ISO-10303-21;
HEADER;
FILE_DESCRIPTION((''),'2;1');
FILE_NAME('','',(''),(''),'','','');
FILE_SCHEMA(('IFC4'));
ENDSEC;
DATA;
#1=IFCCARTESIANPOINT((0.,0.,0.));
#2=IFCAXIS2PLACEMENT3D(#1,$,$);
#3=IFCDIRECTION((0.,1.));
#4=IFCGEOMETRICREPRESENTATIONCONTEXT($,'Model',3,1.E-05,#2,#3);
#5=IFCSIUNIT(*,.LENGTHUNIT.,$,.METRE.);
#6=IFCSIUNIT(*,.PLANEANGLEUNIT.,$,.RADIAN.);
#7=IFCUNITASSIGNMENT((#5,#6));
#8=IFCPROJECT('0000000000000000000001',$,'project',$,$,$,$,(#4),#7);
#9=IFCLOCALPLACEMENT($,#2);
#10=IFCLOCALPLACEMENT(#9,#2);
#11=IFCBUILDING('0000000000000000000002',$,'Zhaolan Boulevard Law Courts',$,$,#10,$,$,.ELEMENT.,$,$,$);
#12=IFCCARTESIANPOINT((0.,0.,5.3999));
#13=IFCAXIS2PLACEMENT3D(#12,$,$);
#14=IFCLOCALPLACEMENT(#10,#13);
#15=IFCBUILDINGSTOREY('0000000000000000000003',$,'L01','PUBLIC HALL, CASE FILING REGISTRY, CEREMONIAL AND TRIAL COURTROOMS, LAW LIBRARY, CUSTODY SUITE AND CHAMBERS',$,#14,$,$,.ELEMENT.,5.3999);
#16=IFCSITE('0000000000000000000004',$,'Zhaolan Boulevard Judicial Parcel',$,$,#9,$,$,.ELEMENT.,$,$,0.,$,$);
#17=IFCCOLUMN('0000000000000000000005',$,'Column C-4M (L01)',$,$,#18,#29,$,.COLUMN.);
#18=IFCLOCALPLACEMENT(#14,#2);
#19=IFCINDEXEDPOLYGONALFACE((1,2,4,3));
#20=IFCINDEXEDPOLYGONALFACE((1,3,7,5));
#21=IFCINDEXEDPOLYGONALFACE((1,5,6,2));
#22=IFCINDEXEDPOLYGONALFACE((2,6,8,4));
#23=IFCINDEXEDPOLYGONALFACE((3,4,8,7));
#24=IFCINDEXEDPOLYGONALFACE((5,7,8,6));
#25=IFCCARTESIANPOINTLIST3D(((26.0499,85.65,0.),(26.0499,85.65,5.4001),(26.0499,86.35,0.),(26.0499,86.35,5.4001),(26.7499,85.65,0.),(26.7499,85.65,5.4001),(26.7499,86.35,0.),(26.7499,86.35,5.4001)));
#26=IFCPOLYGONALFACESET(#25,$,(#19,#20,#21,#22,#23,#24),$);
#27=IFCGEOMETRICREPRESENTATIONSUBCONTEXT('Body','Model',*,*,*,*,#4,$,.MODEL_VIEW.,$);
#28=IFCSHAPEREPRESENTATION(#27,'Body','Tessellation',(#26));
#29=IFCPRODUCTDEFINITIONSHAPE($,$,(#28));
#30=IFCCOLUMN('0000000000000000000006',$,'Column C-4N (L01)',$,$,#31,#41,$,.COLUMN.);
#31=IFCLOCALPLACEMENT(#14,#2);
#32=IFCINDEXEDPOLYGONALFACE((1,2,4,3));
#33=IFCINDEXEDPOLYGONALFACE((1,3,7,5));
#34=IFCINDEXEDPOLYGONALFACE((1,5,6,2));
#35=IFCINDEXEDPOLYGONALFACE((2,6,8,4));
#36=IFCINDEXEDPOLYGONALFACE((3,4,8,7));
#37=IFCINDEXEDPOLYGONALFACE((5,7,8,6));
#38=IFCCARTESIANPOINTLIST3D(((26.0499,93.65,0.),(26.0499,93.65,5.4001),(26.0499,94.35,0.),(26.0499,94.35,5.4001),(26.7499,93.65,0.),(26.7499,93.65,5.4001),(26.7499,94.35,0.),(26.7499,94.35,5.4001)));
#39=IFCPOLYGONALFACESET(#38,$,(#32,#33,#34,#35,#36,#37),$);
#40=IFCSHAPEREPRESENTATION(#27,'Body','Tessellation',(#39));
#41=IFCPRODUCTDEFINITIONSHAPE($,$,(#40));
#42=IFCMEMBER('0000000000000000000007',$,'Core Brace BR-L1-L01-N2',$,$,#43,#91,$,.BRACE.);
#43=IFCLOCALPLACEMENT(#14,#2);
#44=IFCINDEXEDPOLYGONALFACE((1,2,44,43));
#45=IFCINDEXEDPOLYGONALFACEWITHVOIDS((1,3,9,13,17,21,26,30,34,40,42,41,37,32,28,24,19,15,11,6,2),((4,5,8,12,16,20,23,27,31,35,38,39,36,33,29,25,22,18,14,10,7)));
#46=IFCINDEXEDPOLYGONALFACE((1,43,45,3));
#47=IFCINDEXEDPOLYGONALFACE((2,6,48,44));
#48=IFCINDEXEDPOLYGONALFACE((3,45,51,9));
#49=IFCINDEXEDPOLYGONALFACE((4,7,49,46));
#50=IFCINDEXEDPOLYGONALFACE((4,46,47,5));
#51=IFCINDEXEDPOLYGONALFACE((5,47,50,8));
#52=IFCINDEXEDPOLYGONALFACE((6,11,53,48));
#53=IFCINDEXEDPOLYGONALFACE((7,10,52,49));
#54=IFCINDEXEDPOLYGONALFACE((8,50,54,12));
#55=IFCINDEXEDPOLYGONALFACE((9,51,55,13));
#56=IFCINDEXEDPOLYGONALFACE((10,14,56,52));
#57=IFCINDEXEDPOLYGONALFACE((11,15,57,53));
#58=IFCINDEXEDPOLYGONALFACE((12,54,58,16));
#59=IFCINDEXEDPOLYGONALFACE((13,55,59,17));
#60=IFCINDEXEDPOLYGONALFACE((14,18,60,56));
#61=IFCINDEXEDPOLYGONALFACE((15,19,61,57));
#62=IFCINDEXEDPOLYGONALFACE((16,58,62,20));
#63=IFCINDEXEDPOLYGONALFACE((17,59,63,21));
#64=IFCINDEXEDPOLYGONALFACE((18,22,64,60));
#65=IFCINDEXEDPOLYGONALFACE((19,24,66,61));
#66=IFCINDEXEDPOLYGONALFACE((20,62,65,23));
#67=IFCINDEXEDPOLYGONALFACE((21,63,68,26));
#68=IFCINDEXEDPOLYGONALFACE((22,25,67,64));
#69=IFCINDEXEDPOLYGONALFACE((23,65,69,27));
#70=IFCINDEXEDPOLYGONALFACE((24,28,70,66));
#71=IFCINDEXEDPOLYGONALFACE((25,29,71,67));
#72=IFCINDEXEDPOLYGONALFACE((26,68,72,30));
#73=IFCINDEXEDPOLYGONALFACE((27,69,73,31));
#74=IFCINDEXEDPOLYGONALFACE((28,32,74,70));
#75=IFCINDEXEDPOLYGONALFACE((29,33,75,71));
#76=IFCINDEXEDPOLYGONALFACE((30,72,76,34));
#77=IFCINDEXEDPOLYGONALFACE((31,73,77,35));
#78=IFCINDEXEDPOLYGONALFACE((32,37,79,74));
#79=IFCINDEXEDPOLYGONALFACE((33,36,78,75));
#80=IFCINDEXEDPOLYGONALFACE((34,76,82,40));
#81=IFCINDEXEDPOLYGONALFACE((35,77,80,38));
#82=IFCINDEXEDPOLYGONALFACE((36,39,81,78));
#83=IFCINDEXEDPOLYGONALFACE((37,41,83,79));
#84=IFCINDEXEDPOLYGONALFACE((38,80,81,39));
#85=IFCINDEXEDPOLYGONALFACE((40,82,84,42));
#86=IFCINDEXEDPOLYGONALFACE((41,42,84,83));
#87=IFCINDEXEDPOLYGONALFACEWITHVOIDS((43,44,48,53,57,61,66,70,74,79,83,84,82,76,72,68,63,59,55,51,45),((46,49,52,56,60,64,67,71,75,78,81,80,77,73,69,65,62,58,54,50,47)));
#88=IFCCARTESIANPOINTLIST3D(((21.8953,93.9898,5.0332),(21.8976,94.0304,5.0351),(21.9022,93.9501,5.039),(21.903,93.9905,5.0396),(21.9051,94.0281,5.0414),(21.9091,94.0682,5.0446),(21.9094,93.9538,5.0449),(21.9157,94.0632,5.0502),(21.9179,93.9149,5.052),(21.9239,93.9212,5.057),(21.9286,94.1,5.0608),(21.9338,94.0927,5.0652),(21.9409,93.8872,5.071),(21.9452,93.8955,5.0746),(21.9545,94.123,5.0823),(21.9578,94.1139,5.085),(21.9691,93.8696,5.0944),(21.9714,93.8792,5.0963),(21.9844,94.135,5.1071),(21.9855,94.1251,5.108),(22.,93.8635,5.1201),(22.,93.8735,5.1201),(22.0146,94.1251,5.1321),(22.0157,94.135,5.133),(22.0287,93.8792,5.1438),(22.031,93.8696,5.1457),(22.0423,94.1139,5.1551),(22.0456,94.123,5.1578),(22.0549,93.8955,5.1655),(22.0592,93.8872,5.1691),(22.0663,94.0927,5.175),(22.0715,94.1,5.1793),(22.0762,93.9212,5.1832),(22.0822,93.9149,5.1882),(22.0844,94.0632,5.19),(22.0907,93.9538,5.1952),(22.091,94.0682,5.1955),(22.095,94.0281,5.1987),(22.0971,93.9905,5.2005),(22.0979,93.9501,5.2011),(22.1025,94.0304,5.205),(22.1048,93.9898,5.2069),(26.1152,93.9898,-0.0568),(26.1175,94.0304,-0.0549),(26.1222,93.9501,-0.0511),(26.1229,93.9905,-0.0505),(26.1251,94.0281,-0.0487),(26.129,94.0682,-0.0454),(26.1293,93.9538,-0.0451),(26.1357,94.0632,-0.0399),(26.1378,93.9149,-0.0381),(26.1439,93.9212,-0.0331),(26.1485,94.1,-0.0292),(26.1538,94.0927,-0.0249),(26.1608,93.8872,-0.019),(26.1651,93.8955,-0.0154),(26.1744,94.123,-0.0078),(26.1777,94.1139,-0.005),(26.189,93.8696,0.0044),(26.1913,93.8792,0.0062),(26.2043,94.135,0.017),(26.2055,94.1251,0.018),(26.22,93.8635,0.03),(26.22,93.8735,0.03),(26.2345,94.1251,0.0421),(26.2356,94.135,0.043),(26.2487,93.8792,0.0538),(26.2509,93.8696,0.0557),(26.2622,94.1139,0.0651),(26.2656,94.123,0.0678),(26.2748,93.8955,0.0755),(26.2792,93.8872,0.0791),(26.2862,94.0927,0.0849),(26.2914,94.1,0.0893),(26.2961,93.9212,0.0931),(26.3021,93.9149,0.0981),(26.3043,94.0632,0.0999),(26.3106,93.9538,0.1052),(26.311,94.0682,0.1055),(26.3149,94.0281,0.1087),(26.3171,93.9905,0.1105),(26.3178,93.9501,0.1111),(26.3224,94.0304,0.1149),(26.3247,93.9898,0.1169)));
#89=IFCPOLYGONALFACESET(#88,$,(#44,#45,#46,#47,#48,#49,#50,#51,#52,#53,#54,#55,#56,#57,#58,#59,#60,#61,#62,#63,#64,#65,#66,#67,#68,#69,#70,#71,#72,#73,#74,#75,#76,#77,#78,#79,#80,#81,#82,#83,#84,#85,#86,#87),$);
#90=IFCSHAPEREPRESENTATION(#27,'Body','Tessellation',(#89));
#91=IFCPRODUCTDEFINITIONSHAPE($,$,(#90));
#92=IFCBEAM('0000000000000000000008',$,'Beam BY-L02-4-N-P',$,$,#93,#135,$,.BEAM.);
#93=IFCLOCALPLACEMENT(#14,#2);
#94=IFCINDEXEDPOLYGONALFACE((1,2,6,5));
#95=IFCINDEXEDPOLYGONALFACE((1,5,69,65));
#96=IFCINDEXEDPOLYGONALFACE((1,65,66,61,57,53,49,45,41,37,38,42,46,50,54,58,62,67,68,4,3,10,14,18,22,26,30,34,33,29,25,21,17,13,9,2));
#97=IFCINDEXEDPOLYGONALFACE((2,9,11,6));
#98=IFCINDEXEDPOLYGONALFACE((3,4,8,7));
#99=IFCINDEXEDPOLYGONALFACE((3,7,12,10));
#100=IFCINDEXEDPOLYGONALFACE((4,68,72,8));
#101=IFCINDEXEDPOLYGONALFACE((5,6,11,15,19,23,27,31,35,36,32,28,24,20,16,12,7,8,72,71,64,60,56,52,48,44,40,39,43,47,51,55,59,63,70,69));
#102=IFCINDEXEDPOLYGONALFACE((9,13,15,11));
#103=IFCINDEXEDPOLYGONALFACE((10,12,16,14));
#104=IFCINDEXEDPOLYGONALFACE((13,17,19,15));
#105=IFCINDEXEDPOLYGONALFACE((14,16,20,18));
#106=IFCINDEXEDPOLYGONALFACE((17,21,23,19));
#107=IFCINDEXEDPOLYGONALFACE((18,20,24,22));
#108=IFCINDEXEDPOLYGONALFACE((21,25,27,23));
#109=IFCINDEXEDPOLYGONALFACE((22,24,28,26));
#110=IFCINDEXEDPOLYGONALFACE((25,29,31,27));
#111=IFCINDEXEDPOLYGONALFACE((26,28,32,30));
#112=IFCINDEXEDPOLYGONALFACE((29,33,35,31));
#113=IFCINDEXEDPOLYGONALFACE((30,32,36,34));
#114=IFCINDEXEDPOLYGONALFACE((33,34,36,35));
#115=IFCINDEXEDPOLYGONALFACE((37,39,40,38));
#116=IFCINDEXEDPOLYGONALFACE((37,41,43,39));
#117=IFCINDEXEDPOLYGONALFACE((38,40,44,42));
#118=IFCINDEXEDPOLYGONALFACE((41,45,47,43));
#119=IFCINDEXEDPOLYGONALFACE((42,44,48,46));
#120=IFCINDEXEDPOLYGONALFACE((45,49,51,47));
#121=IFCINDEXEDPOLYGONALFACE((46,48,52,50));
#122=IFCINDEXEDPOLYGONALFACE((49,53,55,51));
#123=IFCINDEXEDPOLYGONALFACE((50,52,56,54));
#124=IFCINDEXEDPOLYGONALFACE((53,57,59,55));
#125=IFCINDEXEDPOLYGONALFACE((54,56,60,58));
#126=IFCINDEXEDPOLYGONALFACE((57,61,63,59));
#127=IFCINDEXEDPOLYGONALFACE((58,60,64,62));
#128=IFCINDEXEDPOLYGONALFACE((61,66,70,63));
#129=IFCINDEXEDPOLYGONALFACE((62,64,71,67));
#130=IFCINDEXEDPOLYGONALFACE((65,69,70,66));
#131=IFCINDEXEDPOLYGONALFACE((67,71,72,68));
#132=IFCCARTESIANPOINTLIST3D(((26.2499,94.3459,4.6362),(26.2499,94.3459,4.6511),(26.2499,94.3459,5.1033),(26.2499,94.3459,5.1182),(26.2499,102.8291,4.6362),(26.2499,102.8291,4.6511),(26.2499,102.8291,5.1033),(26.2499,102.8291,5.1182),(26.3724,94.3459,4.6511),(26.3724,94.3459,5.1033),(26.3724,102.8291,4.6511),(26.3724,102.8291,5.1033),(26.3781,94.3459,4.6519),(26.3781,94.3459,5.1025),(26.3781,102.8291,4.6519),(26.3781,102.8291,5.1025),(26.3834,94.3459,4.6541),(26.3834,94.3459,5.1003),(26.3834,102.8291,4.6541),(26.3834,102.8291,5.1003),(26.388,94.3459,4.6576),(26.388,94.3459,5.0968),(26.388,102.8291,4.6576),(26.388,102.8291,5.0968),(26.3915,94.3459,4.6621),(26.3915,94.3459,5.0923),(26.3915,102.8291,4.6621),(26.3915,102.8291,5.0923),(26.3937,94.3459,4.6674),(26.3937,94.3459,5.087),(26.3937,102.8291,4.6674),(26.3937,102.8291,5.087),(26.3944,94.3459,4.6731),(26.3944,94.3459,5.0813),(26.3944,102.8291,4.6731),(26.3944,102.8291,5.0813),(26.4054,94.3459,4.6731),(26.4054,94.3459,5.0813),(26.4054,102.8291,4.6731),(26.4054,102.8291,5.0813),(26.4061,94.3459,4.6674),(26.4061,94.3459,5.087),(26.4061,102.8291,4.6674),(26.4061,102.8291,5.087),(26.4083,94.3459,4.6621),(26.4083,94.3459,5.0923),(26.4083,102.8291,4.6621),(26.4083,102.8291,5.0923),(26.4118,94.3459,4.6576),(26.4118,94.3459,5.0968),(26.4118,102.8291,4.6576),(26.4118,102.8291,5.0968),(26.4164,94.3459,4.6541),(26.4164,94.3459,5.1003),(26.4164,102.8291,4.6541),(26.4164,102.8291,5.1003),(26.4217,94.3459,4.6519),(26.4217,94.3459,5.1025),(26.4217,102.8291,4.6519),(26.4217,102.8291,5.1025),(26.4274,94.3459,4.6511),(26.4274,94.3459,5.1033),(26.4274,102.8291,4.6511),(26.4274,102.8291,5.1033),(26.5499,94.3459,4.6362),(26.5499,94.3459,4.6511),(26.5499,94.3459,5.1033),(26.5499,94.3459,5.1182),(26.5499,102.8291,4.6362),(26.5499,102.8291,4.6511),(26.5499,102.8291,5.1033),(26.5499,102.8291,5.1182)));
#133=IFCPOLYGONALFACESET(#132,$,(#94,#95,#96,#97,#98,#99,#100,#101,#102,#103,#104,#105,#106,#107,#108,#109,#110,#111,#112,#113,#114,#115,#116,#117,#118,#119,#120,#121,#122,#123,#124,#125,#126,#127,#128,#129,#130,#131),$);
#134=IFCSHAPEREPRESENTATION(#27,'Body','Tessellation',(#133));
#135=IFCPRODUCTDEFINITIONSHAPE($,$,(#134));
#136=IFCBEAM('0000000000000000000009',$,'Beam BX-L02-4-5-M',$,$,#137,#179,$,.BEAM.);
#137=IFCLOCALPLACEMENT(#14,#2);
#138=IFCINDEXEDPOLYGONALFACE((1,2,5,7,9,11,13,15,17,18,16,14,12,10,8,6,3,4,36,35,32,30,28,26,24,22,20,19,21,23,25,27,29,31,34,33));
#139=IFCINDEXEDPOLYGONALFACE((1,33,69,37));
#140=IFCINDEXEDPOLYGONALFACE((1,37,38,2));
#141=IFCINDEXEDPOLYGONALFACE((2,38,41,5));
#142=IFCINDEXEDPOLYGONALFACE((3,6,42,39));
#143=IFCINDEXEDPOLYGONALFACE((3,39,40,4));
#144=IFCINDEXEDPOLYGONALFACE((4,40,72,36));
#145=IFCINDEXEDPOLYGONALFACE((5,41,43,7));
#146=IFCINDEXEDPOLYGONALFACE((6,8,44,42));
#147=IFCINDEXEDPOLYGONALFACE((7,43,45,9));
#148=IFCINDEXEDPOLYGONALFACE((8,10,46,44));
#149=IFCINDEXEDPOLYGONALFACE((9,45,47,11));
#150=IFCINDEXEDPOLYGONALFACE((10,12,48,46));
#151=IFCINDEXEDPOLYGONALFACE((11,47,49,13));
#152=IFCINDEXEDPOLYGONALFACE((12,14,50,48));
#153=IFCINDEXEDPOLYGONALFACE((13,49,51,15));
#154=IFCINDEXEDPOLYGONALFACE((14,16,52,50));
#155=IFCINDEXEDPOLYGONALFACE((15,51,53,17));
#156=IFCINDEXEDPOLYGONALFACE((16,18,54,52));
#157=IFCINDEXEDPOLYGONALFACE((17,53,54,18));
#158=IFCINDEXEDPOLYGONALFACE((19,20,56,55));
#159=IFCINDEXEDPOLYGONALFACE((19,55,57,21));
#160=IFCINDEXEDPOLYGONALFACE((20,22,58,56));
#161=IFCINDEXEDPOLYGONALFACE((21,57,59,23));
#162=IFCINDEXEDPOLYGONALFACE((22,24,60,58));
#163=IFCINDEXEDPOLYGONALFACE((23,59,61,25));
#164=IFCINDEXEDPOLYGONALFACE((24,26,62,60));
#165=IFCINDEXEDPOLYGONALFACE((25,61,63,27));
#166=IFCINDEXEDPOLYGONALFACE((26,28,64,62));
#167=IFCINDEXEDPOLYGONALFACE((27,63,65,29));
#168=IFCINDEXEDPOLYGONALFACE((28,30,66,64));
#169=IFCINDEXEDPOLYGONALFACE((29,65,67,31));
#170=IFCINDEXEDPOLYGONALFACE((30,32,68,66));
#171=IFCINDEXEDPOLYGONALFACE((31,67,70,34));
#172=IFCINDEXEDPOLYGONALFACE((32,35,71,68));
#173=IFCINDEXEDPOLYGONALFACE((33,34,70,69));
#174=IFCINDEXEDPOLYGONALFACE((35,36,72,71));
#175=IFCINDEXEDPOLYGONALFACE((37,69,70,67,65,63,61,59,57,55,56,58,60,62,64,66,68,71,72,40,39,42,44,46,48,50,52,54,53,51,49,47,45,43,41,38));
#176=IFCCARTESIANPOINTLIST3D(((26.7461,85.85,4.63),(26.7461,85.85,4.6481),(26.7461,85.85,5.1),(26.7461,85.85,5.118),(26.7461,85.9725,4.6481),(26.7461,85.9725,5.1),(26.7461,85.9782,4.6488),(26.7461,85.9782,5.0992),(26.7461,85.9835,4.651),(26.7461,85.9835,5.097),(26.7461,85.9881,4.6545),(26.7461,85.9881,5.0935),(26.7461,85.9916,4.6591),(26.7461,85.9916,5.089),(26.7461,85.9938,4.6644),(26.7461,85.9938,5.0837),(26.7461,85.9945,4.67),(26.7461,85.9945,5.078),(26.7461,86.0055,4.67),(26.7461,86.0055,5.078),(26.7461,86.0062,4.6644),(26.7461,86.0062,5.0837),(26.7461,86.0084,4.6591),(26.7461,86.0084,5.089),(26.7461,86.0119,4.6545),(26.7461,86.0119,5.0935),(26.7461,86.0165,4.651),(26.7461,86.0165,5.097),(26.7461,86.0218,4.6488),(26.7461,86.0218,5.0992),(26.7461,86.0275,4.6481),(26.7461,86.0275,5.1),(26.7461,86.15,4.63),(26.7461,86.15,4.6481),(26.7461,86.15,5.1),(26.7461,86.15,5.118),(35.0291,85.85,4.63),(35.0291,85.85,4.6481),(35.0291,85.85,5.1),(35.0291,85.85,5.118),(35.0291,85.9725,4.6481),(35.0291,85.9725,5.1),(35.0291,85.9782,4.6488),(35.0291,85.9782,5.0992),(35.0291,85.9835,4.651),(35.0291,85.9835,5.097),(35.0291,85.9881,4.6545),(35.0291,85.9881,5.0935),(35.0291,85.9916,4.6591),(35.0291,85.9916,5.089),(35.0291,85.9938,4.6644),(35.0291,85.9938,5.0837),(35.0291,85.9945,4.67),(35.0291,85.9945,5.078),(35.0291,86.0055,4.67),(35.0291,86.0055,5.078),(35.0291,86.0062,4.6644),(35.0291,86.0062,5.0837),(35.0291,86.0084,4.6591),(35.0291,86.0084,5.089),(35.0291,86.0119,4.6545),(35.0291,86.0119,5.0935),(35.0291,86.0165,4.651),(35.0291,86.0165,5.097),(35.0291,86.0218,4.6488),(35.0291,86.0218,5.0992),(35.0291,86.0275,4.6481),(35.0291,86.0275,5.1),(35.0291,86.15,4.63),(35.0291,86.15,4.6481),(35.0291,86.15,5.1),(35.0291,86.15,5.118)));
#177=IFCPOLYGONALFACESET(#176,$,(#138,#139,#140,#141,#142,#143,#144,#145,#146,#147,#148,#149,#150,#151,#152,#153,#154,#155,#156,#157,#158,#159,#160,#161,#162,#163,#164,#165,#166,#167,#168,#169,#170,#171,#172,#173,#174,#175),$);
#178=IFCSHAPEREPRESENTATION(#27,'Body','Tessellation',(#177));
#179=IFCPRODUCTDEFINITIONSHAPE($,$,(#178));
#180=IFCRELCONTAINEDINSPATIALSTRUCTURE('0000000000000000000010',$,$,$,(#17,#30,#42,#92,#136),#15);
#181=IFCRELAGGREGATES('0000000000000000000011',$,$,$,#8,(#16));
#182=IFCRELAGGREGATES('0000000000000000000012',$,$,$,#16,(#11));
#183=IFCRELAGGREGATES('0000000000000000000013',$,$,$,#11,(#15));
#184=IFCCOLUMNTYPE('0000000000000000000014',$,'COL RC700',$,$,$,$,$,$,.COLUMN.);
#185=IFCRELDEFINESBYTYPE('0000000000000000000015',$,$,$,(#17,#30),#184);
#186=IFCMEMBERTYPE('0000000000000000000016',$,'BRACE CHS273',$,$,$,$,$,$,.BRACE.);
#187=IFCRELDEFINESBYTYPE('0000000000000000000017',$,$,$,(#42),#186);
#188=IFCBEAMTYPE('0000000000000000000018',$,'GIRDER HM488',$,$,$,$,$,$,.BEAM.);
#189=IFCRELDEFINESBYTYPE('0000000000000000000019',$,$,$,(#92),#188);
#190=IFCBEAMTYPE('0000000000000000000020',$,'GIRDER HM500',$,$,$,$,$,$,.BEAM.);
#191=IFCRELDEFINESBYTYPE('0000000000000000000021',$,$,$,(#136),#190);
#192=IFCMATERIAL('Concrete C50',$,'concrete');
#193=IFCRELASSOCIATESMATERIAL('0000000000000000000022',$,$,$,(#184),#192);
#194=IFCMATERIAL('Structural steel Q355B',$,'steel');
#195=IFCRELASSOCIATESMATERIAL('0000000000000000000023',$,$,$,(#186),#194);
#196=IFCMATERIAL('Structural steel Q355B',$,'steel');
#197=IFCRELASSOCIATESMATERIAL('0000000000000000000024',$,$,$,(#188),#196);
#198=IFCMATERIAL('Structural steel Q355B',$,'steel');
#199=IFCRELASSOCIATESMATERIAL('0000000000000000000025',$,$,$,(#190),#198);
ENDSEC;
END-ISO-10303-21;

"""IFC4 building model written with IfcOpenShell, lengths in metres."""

from ifc_helpers import new_model, si_unit, direction, frame, origin, origin_2d, place, context, subcontext, project, spatial, rectangle, hollow_circle, i_section, extrude, material, material_profile, profile_set, type_object, element, save


model = new_model("IFC4")

# Units and contexts
model_context = context("Model", 3, precision=1e-05, world=origin(), true_north=direction((0.0, 1.0)))
body_context = subcontext(model_context, "Body", "Model", "MODEL_VIEW")
ifc_project = project(units=[si_unit("LENGTHUNIT", "METRE"), si_unit("PLANEANGLEUNIT", "RADIAN")], contexts=[model_context])

# Site, building, storey
site_placement = place(None, origin())
site = spatial("IfcSite", under=ifc_project, at=site_placement, Name="Zhaolan Boulevard Judicial Parcel", CompositionType="ELEMENT", RefElevation=0.0)
building_placement = place(site_placement, origin())
building = spatial("IfcBuilding", under=site, at=building_placement, Name="Zhaolan Boulevard Law Courts", CompositionType="ELEMENT")
storey_placement = place(building_placement, frame((0.0, 0.0, 5.3999)))
storey = spatial("IfcBuildingStorey", under=building, at=storey_placement, Name="L01", Description="PUBLIC HALL, CASE FILING REGISTRY, CEREMONIAL AND TRIAL COURTROOMS, LAW LIBRARY, CUSTODY SUITE AND CHAMBERS", CompositionType="ELEMENT", Elevation=5.3999)

# Columns
ifc_material_1 = material(Name="Concrete C50", Category="concrete")
ifc_material_profile_1 = material_profile(ifc_material_1, rectangle(XDim=0.7, YDim=0.7, at=origin_2d()), Name="RC700x700")
ifc_profile_set_1 = profile_set([ifc_material_profile_1], Name="Concrete C50")
column_type = type_object("IfcColumnType", Name="COL RC700", PredefinedType="COLUMN", material=ifc_profile_set_1)
for number, where, z_axis, x_axis, name in (
    (1, (26.3999, 86.0, 0.0), (0.0, 0.0, 1.0), (1.0, 0.0, 0.0), "Column C-4M (L01)"),
    (2, (26.3999, 94.0, 0.0), (0.0, 0.0, 1.0), (1.0, 0.0, 0.0), "Column C-4N (L01)"),
):
    element("IfcColumn", number, at=place(storey_placement, frame(where, z_axis=z_axis, x_axis=x_axis)), inside=storey, type_object=column_type, Name=name, PredefinedType="COLUMN", context=body_context, shape_type="SweptSolid", body=[
        extrude(rectangle(XDim=0.7, YDim=0.7, at=origin_2d()), origin(), (0.0, 0.0, 1.0), 5.4001),
    ])

# Member
ifc_material_2 = material(Name="Structural steel Q355B", Category="steel")
ifc_material_profile_2 = material_profile(ifc_material_2, hollow_circle(Radius=0.1365, WallThickness=0.01, at=origin_2d()), Name="CHS273x10")
ifc_profile_set_2 = profile_set([ifc_material_profile_2], Name="Structural steel Q355B")
member_type = type_object("IfcMemberType", Name="BRACE CHS273", PredefinedType="BRACE", material=ifc_profile_set_2)
member_placement = place(storey_placement, frame((26.22, 94.0, 0.03), z_axis=(-0.638239, 0.0, 0.769838), x_axis=(0.0, -1.0, 0.0)))
element("IfcMember", 3, at=member_placement, inside=storey, type_object=member_type, Name="Core Brace BR-L1-L01-N2", PredefinedType="BRACE", context=body_context, shape_type="SweptSolid", body=[
    extrude(hollow_circle(Radius=0.1365, WallThickness=0.01, at=origin_2d()), origin(), (0.0, 0.0, 1.0), 6.6118),
])

# Beams
ifc_material_3 = material(Name="Structural steel Q355B", Category="steel")
ifc_material_profile_3 = material_profile(ifc_material_3, i_section(OverallWidth=0.3, OverallDepth=0.4819, WebThickness=0.011, FlangeThickness=0.0149, FilletRadius=0.022, at=origin_2d()), Name="HM482x300")
ifc_profile_set_3 = profile_set([ifc_material_profile_3], Name="Structural steel Q355B")
beam_type_1 = type_object("IfcBeamType", Name="GIRDER HM488", PredefinedType="BEAM", material=ifc_profile_set_3)
beam_1_placement = place(storey_placement, frame((26.3999, 94.3459, 4.8772), z_axis=(0.0, 1.0, 0.0), x_axis=(-1.0, 0.0, 0.0)))
element("IfcBeam", 4, at=beam_1_placement, inside=storey, type_object=beam_type_1, Name="Beam BY-L02-4-N-P", PredefinedType="BEAM", context=body_context, shape_type="SweptSolid", body=[
    extrude(i_section(OverallWidth=0.3, OverallDepth=0.4819, WebThickness=0.011, FlangeThickness=0.0149, FilletRadius=0.022, at=origin_2d()), origin(), (0.0, 0.0, 1.0), 8.4832),
])
ifc_material_4 = material(Name="Structural steel Q355B", Category="steel")
ifc_material_profile_4 = material_profile(ifc_material_4, i_section(OverallWidth=0.3, OverallDepth=0.488, WebThickness=0.011, FlangeThickness=0.0181, FilletRadius=0.022, at=origin_2d()), Name="HM488x300")
ifc_profile_set_4 = profile_set([ifc_material_profile_4], Name="Structural steel Q355B")
beam_type_2 = type_object("IfcBeamType", Name="GIRDER HM500", PredefinedType="BEAM", material=ifc_profile_set_4)
beam_2_placement = place(storey_placement, frame((26.7461, 86.0, 4.874), z_axis=(1.0, 0.0, 0.0), x_axis=(0.0, 1.0, 0.0)))
element("IfcBeam", 5, at=beam_2_placement, inside=storey, type_object=beam_type_2, Name="Beam BX-L02-4-5-M", PredefinedType="BEAM", context=body_context, shape_type="SweptSolid", body=[
    extrude(i_section(OverallWidth=0.3, OverallDepth=0.488, WebThickness=0.011, FlangeThickness=0.0181, FilletRadius=0.022, at=origin_2d()), origin(), (0.0, 0.0, 1.0), 8.283),
])

save(model, "model.ifc")
